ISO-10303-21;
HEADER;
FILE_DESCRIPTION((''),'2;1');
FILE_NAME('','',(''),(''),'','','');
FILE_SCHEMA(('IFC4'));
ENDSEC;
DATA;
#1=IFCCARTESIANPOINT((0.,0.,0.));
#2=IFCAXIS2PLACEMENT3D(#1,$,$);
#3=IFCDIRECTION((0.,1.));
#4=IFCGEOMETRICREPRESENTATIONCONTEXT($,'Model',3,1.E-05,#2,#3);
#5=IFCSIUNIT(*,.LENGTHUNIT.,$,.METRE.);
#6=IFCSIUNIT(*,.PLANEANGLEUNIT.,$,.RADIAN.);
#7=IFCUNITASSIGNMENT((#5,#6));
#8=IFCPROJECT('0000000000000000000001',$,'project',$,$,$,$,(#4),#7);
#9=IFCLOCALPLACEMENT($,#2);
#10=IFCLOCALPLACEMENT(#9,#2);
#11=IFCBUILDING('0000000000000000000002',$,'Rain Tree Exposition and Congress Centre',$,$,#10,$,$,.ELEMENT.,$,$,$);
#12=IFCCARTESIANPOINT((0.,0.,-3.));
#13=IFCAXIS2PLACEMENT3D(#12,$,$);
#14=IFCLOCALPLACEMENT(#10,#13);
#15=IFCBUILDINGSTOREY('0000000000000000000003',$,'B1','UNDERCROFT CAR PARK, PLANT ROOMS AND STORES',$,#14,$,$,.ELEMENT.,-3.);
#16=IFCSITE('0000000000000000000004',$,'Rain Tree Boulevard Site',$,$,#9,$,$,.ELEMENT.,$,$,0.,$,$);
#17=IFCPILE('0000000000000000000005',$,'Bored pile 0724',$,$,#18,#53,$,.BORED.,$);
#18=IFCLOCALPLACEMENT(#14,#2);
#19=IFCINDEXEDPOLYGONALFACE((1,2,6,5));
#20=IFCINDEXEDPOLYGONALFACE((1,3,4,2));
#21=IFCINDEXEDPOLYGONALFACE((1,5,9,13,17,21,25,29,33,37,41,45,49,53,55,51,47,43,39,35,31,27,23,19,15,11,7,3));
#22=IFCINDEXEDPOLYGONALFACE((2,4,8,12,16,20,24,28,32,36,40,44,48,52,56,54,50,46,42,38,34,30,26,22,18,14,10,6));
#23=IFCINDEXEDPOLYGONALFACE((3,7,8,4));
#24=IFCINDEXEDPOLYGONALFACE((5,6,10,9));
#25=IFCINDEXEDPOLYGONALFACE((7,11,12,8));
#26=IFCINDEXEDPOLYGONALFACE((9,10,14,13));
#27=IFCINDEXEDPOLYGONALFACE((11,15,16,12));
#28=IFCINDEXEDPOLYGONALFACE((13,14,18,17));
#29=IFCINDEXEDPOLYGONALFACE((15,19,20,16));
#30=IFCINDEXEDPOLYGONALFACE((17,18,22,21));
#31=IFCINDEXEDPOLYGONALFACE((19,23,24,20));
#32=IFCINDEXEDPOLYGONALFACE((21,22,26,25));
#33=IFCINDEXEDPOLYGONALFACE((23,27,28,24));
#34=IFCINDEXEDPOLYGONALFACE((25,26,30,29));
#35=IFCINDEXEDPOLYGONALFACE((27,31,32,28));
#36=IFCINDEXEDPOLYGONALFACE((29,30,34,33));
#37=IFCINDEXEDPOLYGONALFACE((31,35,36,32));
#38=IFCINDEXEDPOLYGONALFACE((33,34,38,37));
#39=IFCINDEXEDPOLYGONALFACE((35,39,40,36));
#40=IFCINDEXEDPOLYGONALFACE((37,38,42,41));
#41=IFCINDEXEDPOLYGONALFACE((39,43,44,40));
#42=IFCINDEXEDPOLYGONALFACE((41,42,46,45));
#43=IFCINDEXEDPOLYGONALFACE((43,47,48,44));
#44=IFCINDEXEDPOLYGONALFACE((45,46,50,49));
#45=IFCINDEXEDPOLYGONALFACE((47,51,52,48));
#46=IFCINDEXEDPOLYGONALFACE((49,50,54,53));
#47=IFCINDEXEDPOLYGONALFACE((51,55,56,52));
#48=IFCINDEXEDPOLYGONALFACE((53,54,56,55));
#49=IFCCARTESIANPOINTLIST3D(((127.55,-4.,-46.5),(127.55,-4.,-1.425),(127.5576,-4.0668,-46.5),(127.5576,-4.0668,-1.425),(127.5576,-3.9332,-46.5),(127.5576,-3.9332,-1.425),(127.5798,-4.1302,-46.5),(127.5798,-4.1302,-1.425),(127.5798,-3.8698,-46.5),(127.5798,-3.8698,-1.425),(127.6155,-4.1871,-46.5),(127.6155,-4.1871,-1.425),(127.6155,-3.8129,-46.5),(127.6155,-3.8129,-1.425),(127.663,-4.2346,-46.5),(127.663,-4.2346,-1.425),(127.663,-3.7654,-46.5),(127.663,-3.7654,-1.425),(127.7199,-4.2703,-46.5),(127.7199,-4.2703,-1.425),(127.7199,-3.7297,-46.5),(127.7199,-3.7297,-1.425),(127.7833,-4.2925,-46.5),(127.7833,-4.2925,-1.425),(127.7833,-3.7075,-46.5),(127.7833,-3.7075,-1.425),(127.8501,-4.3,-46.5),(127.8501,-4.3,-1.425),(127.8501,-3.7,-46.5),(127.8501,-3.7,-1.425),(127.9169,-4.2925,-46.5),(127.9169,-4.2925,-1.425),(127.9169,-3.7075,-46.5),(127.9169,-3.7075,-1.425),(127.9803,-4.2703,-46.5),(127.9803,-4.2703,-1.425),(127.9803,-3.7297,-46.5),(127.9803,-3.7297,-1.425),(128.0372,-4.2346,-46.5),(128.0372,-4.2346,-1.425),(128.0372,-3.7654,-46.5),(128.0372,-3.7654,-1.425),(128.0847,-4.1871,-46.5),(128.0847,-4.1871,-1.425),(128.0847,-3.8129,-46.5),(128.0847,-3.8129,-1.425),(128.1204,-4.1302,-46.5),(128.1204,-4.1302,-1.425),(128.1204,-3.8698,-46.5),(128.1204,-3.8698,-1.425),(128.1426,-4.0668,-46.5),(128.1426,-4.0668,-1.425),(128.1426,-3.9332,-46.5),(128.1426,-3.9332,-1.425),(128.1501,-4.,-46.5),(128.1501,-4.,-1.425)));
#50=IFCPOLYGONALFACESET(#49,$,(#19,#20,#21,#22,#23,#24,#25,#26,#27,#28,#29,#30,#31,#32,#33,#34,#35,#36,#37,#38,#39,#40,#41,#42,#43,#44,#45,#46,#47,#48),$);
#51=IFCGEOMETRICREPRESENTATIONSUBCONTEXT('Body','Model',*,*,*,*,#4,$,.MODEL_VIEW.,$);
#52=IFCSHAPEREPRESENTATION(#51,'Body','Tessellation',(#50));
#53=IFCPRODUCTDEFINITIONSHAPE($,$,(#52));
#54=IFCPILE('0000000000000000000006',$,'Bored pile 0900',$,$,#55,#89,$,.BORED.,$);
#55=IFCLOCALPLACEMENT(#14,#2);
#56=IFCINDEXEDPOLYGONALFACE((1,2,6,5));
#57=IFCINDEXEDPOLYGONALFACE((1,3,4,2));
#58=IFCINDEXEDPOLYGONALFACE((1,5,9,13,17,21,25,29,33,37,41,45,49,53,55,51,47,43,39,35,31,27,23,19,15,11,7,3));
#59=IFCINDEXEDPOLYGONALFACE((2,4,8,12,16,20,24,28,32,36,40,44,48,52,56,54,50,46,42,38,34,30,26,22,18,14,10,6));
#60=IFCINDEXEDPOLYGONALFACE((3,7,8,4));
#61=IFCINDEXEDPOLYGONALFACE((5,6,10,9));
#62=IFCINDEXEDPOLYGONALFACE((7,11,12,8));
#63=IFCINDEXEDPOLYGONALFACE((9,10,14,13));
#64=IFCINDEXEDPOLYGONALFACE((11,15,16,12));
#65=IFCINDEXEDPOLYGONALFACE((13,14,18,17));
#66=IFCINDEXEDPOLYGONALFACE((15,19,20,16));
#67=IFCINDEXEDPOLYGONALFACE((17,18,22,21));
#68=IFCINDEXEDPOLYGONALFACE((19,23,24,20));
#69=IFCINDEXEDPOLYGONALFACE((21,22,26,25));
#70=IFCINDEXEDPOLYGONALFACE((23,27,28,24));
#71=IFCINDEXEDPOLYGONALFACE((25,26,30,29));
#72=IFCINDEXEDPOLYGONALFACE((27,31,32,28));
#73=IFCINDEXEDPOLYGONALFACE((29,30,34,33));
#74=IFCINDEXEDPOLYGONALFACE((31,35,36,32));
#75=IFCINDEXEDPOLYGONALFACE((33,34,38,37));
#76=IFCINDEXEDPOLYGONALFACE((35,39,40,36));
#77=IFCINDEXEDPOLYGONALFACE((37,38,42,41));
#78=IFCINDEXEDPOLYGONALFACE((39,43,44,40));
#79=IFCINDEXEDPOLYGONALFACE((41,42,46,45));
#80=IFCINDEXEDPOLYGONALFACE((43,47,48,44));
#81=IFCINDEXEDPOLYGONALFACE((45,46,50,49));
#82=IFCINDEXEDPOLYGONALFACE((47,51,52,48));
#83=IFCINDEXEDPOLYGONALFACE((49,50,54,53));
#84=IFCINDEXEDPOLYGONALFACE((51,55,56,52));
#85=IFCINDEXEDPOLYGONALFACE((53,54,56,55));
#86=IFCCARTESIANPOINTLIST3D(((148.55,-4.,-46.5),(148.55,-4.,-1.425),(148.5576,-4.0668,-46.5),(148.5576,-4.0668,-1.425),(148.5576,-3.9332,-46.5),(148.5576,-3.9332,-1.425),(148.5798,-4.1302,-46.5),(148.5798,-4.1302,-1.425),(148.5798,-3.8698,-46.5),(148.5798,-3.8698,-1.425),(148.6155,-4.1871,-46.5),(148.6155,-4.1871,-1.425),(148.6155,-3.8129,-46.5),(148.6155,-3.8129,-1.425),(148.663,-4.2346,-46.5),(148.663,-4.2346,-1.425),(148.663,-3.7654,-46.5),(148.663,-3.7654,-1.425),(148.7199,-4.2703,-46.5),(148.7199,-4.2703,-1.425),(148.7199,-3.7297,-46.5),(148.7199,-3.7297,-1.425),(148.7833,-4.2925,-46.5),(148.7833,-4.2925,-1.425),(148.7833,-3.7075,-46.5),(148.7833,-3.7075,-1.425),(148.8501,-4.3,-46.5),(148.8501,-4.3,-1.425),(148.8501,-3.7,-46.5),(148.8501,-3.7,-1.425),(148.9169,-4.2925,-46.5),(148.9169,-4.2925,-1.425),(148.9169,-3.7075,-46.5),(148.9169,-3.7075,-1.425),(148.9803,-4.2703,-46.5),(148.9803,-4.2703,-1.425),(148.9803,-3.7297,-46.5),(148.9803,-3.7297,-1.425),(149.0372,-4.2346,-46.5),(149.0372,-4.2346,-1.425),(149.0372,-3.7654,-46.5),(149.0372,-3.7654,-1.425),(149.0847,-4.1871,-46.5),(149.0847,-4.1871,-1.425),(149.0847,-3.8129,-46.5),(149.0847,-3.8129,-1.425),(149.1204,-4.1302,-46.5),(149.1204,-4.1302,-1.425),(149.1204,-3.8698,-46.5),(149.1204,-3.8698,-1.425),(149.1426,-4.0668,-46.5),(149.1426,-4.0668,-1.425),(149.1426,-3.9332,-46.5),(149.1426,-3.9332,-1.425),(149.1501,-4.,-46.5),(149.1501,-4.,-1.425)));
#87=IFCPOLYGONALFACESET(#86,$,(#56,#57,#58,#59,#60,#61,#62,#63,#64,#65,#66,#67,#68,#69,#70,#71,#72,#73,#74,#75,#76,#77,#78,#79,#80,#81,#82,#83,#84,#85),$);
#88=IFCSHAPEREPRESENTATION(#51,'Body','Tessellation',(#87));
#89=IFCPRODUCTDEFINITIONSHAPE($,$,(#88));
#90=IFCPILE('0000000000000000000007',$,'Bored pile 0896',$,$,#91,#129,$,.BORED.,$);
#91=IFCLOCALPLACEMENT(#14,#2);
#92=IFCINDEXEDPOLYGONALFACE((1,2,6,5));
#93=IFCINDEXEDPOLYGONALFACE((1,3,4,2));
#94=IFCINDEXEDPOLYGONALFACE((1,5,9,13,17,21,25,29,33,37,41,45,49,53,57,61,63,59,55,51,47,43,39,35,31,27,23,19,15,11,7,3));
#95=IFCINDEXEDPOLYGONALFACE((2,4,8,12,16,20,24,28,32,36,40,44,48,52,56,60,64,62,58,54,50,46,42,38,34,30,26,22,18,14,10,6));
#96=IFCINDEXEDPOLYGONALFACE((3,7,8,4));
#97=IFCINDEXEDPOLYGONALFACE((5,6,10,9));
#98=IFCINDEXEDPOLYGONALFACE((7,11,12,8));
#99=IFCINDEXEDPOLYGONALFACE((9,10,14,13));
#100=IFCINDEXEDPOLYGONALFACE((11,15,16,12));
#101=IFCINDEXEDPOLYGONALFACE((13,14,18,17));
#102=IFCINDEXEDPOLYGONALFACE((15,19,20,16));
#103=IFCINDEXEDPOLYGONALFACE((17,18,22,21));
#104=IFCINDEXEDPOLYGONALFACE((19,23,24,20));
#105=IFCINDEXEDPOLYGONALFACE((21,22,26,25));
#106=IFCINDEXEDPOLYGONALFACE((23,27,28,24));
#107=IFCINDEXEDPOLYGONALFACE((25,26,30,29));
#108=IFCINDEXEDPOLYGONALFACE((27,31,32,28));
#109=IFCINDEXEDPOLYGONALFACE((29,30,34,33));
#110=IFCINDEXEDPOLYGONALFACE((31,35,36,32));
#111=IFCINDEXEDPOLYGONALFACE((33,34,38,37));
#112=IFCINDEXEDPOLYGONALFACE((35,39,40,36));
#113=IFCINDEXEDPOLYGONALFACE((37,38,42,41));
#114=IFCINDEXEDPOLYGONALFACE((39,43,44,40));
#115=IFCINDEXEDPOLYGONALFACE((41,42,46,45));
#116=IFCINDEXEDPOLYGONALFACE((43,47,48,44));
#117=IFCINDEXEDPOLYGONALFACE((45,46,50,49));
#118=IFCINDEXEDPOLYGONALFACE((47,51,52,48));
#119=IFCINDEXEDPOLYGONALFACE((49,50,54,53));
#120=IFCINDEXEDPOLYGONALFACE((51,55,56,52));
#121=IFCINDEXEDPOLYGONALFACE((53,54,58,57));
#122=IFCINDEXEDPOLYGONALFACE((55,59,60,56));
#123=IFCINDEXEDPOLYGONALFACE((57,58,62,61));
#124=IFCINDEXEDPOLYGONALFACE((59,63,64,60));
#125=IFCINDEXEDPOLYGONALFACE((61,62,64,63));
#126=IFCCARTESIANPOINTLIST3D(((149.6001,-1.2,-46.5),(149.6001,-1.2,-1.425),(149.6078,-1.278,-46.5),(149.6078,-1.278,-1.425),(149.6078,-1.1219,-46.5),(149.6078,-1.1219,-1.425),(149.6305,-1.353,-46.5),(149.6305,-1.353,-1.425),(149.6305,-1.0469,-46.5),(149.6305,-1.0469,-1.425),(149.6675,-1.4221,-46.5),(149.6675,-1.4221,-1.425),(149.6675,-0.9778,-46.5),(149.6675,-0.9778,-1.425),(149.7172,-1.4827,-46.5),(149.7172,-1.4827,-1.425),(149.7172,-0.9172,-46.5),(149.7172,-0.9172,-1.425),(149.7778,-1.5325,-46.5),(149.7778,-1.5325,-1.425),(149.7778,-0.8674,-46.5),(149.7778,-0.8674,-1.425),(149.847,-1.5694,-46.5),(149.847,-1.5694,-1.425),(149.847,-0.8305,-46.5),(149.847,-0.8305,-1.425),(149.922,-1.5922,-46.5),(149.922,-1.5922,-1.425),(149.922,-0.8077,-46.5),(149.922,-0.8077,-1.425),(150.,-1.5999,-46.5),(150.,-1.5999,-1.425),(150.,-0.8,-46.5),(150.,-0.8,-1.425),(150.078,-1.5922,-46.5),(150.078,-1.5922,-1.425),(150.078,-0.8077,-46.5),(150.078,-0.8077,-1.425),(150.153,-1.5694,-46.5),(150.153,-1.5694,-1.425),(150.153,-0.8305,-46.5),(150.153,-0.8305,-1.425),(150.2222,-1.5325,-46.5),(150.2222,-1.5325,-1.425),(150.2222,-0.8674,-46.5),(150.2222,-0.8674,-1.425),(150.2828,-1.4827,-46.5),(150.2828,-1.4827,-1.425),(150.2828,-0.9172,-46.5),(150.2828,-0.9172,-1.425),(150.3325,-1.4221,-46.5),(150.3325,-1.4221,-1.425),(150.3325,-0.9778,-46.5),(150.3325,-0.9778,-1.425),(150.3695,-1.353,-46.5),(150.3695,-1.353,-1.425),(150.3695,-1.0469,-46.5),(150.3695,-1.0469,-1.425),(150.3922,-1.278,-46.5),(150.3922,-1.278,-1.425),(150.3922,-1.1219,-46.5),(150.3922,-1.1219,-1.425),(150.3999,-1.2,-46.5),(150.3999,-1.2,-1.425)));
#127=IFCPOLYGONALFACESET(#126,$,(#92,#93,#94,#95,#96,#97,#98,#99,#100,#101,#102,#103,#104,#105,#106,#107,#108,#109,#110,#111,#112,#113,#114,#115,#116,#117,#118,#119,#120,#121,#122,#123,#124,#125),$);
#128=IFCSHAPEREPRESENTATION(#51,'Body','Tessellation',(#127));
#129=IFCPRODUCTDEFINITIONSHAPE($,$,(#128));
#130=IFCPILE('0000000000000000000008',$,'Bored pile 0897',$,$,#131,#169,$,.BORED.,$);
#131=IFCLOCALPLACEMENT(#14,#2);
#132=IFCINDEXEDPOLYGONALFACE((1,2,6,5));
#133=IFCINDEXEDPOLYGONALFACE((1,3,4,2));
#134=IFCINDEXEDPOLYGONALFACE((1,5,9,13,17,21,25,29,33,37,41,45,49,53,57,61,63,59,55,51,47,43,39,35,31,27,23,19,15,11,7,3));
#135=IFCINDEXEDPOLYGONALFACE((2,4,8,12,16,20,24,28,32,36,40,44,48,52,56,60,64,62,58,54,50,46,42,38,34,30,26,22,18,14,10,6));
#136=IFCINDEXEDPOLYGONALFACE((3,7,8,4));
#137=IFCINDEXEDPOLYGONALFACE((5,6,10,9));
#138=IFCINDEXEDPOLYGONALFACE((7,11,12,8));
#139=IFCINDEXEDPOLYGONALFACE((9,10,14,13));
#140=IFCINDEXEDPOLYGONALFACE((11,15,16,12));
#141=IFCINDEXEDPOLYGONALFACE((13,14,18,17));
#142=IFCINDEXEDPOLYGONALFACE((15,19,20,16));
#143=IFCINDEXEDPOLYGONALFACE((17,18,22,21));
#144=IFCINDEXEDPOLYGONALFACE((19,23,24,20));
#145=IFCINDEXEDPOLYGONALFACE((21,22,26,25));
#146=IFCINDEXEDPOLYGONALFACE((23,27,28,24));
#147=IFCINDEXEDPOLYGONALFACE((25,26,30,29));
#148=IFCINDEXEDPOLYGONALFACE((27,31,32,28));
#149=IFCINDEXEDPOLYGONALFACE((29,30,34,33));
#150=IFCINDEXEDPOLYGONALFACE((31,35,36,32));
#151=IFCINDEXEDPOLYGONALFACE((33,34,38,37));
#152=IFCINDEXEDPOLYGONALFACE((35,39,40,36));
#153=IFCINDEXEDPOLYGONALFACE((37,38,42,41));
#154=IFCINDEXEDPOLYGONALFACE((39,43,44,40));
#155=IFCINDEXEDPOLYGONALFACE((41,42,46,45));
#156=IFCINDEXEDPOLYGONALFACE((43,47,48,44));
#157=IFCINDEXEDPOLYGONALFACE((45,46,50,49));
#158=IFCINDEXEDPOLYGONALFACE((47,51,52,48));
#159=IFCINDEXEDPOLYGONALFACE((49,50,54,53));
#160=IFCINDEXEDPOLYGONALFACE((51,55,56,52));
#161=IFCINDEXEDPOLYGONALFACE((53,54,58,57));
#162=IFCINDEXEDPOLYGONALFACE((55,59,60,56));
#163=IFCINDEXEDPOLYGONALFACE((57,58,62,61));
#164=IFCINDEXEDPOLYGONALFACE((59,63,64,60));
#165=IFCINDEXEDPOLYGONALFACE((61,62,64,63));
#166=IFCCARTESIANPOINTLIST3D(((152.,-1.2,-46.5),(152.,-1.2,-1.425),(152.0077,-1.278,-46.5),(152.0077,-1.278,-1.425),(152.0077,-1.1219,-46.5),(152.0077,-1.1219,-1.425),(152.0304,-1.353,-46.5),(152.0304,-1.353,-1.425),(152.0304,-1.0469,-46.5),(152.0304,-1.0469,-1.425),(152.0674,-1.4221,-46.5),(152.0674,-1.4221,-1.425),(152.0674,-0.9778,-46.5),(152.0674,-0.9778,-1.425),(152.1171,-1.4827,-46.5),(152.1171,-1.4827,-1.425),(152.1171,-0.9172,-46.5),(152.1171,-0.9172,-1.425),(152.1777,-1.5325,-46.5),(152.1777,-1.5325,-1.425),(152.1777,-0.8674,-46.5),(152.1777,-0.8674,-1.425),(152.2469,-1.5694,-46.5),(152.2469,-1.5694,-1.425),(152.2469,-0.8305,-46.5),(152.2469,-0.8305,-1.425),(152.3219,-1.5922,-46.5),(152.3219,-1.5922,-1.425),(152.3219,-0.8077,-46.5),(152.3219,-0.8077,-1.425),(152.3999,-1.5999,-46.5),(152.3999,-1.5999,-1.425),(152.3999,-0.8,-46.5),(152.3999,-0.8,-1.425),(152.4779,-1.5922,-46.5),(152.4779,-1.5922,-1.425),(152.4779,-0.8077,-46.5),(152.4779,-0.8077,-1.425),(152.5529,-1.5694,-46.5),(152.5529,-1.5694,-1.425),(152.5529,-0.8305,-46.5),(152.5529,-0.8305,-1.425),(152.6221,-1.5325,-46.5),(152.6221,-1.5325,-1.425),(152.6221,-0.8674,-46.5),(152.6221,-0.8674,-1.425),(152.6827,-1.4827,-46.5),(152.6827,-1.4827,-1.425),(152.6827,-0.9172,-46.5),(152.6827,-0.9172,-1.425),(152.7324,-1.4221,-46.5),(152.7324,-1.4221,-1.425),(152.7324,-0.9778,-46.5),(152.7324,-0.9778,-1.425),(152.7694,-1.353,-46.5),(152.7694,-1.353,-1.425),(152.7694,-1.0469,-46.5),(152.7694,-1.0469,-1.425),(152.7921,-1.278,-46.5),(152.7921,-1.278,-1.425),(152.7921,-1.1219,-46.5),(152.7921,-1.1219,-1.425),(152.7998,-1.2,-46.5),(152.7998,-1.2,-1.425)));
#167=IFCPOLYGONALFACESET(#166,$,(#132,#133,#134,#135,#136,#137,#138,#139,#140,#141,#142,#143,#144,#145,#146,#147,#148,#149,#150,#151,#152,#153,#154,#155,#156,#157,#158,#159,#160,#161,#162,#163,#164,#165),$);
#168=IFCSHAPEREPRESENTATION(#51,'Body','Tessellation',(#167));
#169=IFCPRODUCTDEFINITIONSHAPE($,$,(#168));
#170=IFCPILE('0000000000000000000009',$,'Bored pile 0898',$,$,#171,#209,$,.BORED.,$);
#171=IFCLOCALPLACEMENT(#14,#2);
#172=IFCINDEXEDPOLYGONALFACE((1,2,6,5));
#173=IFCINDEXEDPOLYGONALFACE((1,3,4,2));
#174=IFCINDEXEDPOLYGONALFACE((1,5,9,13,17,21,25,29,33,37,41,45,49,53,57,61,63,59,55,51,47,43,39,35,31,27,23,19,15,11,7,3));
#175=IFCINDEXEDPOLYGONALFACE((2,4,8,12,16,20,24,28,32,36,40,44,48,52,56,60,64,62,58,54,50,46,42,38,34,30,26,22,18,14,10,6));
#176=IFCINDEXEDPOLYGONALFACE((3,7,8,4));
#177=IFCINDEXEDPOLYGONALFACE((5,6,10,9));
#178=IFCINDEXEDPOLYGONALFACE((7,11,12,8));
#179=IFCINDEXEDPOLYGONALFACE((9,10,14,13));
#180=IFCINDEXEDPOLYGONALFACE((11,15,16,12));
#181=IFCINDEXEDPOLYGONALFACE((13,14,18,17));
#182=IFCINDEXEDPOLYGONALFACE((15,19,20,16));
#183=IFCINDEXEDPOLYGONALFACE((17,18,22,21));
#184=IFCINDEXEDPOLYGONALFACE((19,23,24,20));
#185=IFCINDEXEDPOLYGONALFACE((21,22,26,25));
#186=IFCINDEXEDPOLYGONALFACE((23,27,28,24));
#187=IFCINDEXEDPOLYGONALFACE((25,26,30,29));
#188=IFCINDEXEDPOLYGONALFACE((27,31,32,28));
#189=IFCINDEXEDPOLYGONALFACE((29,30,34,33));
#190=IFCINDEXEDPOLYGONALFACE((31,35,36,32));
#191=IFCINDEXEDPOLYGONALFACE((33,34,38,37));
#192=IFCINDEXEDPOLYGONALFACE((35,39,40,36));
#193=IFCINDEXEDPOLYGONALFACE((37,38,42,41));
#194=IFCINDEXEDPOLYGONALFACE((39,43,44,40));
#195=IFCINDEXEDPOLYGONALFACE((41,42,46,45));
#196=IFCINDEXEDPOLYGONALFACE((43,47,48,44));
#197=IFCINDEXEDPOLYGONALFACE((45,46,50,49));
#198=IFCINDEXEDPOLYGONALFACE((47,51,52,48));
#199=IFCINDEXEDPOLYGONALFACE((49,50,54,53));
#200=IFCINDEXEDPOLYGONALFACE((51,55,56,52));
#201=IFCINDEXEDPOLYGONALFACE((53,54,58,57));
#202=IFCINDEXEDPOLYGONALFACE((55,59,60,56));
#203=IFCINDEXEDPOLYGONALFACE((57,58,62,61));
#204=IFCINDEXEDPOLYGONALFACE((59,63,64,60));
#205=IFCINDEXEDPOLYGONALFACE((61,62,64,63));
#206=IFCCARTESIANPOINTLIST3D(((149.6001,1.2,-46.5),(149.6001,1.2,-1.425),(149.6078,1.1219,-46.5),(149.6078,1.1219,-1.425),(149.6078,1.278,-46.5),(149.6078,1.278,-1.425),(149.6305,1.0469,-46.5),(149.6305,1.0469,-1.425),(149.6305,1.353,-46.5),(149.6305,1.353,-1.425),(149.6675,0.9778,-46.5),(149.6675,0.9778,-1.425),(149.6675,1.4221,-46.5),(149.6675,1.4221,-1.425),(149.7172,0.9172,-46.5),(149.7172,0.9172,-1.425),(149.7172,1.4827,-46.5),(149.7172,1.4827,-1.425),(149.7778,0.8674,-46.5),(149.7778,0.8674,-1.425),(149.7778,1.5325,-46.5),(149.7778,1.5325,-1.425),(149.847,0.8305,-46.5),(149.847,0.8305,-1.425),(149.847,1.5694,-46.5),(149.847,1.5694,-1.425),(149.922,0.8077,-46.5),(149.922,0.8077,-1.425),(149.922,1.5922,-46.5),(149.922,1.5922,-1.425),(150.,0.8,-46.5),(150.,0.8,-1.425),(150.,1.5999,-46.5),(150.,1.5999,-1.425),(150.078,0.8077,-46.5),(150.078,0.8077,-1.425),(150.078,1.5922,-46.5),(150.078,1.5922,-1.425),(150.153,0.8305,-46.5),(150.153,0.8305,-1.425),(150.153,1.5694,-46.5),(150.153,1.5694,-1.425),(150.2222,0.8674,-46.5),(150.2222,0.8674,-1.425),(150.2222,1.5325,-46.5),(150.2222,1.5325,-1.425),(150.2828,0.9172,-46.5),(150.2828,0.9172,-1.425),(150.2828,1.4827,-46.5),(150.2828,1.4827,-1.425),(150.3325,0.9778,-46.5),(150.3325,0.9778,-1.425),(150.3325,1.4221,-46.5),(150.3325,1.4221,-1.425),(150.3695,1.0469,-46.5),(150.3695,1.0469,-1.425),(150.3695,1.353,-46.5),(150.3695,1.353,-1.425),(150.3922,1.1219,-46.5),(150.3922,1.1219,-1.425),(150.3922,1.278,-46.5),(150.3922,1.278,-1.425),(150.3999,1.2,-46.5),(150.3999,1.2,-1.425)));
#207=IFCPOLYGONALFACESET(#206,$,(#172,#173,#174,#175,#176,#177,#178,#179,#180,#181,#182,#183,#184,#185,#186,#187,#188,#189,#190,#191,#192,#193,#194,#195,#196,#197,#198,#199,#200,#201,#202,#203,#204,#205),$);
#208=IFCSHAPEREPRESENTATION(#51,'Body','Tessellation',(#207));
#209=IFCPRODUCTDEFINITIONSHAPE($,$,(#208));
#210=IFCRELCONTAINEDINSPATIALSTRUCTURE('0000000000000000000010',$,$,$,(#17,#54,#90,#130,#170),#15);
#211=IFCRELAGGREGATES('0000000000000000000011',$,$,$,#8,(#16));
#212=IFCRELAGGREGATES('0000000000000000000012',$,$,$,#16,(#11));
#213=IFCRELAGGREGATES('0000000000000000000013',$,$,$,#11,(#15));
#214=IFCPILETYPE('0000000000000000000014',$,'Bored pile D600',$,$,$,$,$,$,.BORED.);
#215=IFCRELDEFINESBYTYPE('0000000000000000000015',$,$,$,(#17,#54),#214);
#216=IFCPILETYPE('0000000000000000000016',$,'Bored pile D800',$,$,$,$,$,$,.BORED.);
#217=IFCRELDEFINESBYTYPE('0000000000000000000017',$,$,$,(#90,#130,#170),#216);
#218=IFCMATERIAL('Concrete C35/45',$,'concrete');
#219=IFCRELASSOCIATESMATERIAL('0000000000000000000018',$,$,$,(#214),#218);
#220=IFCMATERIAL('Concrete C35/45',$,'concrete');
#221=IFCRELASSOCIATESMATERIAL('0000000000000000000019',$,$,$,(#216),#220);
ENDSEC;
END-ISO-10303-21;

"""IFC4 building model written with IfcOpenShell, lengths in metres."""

from ifc_helpers import new_model, si_unit, direction, frame, origin, origin_2d, place, context, subcontext, project, spatial, circle, extrude, material, material_profile, profile_set, type_object, element, save


model = new_model("IFC4")

# Units and contexts
model_context = context("Model", 3, precision=1e-05, world=origin(), true_north=direction((0.0, 1.0)))
body_context = subcontext(model_context, "Body", "Model", "MODEL_VIEW")
ifc_project = project(units=[si_unit("LENGTHUNIT", "METRE"), si_unit("PLANEANGLEUNIT", "RADIAN")], contexts=[model_context])

# Site, building, storey
site_placement = place(None, origin())
site = spatial("IfcSite", under=ifc_project, at=site_placement, Name="Rain Tree Boulevard Site", CompositionType="ELEMENT", RefElevation=0.0)
building_placement = place(site_placement, origin())
building = spatial("IfcBuilding", under=site, at=building_placement, Name="Rain Tree Exposition and Congress Centre", CompositionType="ELEMENT")
storey_placement = place(building_placement, frame((0.0, 0.0, -3.0)))
storey = spatial("IfcBuildingStorey", under=building, at=storey_placement, Name="B1", Description="UNDERCROFT CAR PARK, PLANT ROOMS AND STORES", CompositionType="ELEMENT", Elevation=-3.0)

# Piles
ifc_material_1 = material(Name="Concrete C35/45", Category="concrete")
ifc_material_profile_1 = material_profile(ifc_material_1, circle(Radius=0.3, at=origin_2d()), Name="D600")
ifc_profile_set_1 = profile_set([ifc_material_profile_1], Name="Concrete C35/45")
pile_type_1 = type_object("IfcPileType", Name="Bored pile D600", PredefinedType="BORED", material=ifc_profile_set_1)
for number, where, z_axis, x_axis, name in (
    (1, (127.8501, -4.0, -1.425), (0.0, 0.0, -1.0), (1.0, 0.0, 0.0), "Bored pile 0724"),
    (2, (148.8501, -4.0, -1.425), (0.0, 0.0, -1.0), (1.0, 0.0, 0.0), "Bored pile 0900"),
):
    element("IfcPile", number, at=place(storey_placement, frame(where, z_axis=z_axis, x_axis=x_axis)), inside=storey, type_object=pile_type_1, Name=name, PredefinedType="BORED", context=body_context, shape_type="SweptSolid", body=[
        extrude(circle(Radius=0.3, at=origin_2d()), origin(), (0.0, 0.0, 1.0), 45.075),
    ])
ifc_material_2 = material(Name="Concrete C35/45", Category="concrete")
ifc_material_profile_2 = material_profile(ifc_material_2, circle(Radius=0.3999, at=origin_2d()), Name="D800")
ifc_profile_set_2 = profile_set([ifc_material_profile_2], Name="Concrete C35/45")
pile_type_2 = type_object("IfcPileType", Name="Bored pile D800", PredefinedType="BORED", material=ifc_profile_set_2)
for number, where, z_axis, x_axis, name in (
    (3, (150.0, -1.2, -1.425), (0.0, 0.0, -1.0), (1.0, 0.0, 0.0), "Bored pile 0896"),
    (4, (152.3999, -1.2, -1.425), (0.0, 0.0, -1.0), (1.0, 0.0, 0.0), "Bored pile 0897"),
    (5, (150.0, 1.2, -1.425), (0.0, 0.0, -1.0), (1.0, 0.0, 0.0), "Bored pile 0898"),
):
    element("IfcPile", number, at=place(storey_placement, frame(where, z_axis=z_axis, x_axis=x_axis)), inside=storey, type_object=pile_type_2, Name=name, PredefinedType="BORED", context=body_context, shape_type="SweptSolid", body=[
        extrude(circle(Radius=0.3999, at=origin_2d()), origin(), (0.0, 0.0, 1.0), 45.075),
    ])

save(model, "model.ifc")
